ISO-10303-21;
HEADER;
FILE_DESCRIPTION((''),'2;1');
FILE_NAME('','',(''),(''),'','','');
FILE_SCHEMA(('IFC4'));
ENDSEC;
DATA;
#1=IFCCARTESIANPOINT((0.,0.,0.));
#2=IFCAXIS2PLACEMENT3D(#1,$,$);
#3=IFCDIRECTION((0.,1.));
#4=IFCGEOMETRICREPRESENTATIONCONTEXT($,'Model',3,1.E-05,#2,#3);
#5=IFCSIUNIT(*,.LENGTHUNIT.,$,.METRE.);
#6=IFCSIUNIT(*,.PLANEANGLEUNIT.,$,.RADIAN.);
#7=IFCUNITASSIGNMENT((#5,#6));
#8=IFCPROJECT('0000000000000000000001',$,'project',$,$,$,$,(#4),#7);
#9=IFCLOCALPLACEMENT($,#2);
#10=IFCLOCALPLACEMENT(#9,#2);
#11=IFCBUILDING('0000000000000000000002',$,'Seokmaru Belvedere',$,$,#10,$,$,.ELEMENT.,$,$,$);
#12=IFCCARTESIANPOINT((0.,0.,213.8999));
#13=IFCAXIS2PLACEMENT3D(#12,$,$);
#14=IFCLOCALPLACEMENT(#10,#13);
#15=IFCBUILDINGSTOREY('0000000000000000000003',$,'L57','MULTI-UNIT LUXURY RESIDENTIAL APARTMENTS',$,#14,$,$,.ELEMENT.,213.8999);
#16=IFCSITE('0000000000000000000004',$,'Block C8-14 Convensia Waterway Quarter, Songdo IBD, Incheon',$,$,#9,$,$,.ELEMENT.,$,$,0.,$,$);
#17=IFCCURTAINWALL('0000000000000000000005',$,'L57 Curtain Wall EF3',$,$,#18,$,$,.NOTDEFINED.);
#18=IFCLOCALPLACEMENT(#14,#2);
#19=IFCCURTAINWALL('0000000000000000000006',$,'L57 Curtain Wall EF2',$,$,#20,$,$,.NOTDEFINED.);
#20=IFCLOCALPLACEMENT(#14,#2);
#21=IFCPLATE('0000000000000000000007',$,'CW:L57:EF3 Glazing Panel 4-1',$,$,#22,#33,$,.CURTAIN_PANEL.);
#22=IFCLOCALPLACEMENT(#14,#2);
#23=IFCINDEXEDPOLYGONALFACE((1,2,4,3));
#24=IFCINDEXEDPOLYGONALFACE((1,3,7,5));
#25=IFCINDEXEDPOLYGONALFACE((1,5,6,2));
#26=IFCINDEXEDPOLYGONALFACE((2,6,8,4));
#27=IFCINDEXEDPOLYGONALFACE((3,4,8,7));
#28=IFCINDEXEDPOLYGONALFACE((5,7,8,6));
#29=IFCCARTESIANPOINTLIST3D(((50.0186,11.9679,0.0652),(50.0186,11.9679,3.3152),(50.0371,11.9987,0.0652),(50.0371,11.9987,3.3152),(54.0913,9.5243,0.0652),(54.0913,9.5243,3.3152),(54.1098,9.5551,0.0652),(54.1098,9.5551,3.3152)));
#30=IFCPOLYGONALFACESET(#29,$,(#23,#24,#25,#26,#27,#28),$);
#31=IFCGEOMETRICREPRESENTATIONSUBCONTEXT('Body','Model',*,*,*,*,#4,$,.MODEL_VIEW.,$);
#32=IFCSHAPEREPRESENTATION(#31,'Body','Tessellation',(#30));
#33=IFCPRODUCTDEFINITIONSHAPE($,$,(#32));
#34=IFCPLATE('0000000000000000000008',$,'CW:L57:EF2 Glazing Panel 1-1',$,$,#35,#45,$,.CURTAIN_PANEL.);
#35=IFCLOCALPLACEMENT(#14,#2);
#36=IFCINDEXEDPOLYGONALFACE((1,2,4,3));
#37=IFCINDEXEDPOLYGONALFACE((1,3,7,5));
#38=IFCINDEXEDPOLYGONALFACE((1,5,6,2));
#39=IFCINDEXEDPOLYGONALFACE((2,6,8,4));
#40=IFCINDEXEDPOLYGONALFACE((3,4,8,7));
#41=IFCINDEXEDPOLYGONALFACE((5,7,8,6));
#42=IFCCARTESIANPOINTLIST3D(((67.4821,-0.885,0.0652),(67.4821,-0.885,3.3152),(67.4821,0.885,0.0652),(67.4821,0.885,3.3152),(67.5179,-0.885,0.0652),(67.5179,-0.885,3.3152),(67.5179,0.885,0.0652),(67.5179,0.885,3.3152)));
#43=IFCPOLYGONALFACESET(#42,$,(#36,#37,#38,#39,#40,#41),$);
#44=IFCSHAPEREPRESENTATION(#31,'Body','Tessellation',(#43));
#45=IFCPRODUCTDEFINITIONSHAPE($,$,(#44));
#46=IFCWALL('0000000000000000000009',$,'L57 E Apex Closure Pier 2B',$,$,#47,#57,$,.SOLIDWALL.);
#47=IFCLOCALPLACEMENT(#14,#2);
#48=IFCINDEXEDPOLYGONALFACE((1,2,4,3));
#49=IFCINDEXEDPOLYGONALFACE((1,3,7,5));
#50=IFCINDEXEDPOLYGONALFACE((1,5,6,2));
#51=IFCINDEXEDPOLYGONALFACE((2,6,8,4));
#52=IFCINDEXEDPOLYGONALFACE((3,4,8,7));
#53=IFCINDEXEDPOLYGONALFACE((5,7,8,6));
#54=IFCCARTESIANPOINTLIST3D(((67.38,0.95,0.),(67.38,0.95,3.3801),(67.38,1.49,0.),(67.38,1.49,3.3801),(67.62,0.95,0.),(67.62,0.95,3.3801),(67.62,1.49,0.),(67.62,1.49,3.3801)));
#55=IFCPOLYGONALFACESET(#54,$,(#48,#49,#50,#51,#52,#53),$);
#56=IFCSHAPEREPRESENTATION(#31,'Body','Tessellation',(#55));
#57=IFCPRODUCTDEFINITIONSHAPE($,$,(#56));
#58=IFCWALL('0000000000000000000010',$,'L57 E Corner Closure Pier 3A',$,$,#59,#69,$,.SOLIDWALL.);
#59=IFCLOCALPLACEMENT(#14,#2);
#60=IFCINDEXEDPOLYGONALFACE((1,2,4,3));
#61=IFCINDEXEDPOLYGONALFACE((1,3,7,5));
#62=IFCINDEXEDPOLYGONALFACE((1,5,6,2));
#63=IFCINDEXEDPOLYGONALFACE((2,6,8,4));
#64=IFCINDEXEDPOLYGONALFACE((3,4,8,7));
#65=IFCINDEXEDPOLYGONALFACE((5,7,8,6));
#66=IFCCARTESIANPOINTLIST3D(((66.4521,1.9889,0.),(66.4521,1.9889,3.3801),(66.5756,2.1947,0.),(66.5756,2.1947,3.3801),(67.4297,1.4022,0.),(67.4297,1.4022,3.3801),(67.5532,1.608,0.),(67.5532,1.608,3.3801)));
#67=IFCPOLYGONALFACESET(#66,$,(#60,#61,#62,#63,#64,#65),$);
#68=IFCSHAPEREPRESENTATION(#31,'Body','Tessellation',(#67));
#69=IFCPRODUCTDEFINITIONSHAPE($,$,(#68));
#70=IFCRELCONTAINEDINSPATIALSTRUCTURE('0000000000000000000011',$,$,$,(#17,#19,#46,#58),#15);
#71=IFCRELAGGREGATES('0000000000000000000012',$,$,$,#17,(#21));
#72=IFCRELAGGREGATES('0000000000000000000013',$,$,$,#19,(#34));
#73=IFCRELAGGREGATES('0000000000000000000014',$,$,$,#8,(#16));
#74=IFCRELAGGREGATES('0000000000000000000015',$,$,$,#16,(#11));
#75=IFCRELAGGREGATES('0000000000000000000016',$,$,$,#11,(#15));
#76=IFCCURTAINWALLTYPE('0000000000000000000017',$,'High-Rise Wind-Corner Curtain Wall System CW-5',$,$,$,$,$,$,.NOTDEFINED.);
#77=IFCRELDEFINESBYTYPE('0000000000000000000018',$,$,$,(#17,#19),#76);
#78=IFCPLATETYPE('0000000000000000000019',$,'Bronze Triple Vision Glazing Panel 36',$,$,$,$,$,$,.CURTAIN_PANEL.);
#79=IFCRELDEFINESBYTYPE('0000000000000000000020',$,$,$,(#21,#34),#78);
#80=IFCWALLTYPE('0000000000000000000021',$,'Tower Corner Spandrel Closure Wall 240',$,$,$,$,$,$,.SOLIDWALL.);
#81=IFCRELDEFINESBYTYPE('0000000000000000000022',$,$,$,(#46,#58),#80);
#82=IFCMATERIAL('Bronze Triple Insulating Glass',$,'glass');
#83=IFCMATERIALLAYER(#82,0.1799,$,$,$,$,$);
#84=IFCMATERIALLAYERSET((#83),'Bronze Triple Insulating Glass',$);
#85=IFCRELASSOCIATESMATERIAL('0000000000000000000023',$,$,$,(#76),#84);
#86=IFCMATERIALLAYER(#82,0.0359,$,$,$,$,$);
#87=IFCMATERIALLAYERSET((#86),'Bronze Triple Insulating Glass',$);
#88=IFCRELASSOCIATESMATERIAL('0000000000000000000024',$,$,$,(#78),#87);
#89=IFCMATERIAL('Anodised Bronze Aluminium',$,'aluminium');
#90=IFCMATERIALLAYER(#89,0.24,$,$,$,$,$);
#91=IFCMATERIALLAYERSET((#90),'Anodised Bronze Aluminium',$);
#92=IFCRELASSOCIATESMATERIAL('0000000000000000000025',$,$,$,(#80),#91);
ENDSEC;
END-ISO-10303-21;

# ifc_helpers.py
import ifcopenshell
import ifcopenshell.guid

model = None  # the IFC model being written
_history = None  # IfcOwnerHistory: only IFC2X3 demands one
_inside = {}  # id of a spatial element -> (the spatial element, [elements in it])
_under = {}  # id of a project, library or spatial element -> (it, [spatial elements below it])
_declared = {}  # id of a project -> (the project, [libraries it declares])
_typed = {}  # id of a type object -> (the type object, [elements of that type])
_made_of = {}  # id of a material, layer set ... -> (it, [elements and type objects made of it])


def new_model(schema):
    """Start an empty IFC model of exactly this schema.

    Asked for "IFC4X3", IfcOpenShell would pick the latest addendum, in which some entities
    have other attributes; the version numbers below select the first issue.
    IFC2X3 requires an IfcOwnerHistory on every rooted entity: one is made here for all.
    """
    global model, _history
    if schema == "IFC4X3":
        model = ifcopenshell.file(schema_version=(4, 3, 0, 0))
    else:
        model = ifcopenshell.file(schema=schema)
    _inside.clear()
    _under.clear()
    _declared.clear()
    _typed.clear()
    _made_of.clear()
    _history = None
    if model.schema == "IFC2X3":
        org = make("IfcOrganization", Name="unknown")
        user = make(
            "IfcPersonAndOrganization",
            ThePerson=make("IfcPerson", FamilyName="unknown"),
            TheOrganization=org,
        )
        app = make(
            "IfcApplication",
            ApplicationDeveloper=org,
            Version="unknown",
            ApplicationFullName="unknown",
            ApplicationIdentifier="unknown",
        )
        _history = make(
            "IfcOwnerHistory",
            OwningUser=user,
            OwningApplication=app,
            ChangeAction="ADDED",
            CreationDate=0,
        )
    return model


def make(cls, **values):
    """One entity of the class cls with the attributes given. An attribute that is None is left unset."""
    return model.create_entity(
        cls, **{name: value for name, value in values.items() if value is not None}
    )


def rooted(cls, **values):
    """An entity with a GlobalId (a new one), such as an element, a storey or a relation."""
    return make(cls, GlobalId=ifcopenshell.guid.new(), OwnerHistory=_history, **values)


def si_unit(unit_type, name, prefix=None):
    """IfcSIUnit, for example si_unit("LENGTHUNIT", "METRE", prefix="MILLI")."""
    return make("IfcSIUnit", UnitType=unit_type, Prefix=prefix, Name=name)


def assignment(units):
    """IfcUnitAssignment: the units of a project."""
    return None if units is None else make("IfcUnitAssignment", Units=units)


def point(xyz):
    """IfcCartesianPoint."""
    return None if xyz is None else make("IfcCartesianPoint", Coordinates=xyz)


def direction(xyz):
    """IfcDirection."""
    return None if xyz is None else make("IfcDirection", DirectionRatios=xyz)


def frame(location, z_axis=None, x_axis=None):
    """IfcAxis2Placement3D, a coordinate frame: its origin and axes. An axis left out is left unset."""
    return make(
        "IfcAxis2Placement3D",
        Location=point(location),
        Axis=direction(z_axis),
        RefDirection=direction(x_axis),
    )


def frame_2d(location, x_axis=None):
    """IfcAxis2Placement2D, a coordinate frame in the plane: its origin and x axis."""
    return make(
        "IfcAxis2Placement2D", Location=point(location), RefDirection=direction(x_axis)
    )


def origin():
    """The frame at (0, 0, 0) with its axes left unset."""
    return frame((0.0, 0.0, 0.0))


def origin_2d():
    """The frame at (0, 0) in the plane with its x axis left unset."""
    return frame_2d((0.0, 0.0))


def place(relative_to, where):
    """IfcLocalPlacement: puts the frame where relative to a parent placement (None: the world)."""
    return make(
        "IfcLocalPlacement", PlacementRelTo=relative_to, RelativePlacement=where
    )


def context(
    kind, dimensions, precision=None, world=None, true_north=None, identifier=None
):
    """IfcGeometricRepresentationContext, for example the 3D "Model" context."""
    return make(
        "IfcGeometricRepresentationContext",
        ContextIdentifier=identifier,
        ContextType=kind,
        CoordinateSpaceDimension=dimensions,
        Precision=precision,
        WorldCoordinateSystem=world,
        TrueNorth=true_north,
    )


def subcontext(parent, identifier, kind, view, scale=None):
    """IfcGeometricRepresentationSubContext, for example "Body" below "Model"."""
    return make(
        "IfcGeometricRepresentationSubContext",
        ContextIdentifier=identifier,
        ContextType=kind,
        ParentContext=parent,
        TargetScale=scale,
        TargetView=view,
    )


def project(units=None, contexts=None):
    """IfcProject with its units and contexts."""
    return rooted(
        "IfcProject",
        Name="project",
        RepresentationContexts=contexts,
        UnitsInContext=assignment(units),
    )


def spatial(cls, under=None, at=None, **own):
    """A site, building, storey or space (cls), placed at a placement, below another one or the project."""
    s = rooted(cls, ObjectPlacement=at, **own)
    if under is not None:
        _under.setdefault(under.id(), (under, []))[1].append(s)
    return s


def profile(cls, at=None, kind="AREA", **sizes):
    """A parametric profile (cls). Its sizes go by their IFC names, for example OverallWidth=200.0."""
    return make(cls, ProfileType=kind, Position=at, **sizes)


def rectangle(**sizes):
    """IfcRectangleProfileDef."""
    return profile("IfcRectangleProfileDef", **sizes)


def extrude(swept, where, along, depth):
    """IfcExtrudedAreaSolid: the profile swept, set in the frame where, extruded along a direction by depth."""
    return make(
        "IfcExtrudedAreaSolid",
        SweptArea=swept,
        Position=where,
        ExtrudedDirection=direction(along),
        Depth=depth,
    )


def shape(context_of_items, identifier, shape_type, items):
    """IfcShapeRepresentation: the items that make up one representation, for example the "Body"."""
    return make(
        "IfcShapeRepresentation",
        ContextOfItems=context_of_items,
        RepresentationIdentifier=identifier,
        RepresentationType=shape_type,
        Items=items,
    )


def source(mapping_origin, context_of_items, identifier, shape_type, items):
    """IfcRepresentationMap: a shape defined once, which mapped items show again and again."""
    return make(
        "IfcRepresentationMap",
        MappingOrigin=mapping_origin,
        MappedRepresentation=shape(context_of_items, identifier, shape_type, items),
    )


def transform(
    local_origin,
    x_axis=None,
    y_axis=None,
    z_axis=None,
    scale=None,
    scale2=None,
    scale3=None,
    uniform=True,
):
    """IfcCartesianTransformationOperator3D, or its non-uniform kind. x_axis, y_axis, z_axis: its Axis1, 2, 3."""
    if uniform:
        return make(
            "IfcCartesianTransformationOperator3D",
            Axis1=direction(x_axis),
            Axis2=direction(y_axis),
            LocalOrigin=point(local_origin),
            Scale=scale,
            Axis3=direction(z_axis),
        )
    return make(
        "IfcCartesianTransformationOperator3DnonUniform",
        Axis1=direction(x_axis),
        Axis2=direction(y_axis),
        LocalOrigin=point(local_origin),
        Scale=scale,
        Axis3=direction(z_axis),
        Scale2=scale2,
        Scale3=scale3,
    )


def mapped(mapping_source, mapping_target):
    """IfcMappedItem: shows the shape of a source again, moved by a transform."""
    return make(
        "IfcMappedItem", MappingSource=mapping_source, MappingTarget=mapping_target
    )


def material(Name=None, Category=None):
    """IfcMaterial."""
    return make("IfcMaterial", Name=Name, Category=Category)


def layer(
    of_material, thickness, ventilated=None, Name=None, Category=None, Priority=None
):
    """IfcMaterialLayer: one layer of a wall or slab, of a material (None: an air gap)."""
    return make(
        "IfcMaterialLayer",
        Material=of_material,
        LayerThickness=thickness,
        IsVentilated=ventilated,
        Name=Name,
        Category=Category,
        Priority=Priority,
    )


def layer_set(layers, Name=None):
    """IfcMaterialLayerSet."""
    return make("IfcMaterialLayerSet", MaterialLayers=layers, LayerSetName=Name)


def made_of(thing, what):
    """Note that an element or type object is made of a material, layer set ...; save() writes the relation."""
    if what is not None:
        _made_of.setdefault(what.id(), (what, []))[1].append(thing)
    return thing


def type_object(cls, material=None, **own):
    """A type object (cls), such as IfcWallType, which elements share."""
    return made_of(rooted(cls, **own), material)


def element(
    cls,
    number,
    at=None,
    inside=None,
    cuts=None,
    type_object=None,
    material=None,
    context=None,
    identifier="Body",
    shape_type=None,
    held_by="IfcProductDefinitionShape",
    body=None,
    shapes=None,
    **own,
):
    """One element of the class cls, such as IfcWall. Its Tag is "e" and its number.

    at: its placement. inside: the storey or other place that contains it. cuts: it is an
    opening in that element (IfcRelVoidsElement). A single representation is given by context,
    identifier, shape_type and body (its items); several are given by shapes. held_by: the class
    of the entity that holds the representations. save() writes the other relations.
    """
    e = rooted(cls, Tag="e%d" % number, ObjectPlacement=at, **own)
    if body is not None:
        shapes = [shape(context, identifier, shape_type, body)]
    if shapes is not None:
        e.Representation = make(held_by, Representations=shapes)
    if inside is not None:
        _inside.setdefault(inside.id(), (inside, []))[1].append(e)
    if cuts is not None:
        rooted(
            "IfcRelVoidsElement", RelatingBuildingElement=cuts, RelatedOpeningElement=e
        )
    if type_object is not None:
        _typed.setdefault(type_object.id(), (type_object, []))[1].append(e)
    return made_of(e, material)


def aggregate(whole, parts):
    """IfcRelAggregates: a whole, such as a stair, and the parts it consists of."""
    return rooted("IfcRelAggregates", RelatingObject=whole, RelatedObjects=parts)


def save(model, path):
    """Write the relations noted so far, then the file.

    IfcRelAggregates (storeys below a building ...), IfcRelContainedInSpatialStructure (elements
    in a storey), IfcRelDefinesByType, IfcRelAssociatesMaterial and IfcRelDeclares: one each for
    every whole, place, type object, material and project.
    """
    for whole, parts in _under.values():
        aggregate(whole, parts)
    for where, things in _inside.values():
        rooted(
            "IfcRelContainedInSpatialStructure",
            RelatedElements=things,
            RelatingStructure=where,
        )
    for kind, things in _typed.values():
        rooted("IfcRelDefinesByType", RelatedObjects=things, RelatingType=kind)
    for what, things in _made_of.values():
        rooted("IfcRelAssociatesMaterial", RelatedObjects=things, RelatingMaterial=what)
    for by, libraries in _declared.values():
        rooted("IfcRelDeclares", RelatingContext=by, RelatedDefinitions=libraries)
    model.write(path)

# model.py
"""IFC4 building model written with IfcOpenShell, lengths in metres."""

from ifc_helpers import new_model, si_unit, direction, frame, frame_2d, origin, origin_2d, place, context, subcontext, project, spatial, rectangle, extrude, source, transform, mapped, material, layer, layer_set, type_object, element, aggregate, save


model = new_model("IFC4")

# Units and contexts
model_context = context("Model", 3, precision=1e-05, world=origin(), true_north=direction((0.0, 1.0)))
body_context = subcontext(model_context, "Body", "Model", "MODEL_VIEW")
ifc_project = project(units=[si_unit("LENGTHUNIT", "METRE"), si_unit("PLANEANGLEUNIT", "RADIAN")], contexts=[model_context])

# Site, building, storey
site_placement = place(None, origin())
site = spatial("IfcSite", under=ifc_project, at=site_placement, Name="Block C8-14 Convensia Waterway Quarter, Songdo IBD, Incheon", CompositionType="ELEMENT", RefElevation=0.0)
building_placement = place(site_placement, origin())
building = spatial("IfcBuilding", under=site, at=building_placement, Name="Seokmaru Belvedere", CompositionType="ELEMENT")
storey_placement = place(building_placement, frame((0.0, 0.0, 213.8999)))
storey = spatial("IfcBuildingStorey", under=building, at=storey_placement, Name="L57", Description="MULTI-UNIT LUXURY RESIDENTIAL APARTMENTS", CompositionType="ELEMENT", Elevation=213.8999)

# Curtain walls
ifc_material_1 = material(Name="Bronze Triple Insulating Glass", Category="glass")
ifc_layer_1 = layer(ifc_material_1, 0.1799)
ifc_layer_set_1 = layer_set([ifc_layer_1], Name="Bronze Triple Insulating Glass")
curtain_wall_type = type_object("IfcCurtainWallType", Name="High-Rise Wind-Corner Curtain Wall System CW-5", PredefinedType="NOTDEFINED", material=ifc_layer_set_1)
curtain_wall_1_placement = place(storey_placement, origin())
curtain_wall_1 = element("IfcCurtainWall", 1, at=curtain_wall_1_placement, inside=storey, type_object=curtain_wall_type, Name="L57 Curtain Wall EF3", PredefinedType="NOTDEFINED")
ifc_material_2 = material(Name="Anodised Bronze Aluminium", Category="aluminium")
curtain_wall_2_placement = place(storey_placement, origin())
curtain_wall_2 = element("IfcCurtainWall", 2, at=curtain_wall_2_placement, inside=storey, type_object=curtain_wall_type, Name="L57 Curtain Wall EF2", PredefinedType="NOTDEFINED")

# Plates
ifc_layer_2 = layer(ifc_material_1, 0.0359)
ifc_layer_set_2 = layer_set([ifc_layer_2], Name="Bronze Triple Insulating Glass")
plate_type = type_object("IfcPlateType", Name="Bronze Triple Vision Glazing Panel 36", PredefinedType="CURTAIN_PANEL", material=ifc_layer_set_2)
shared_shape_1 = source(origin(), body_context, "Body", "SweptSolid", [
    extrude(rectangle(XDim=4.7495, YDim=0.0359, at=origin_2d()), origin(), (0.0, 0.0, 1.0), 3.25),
])
plate_1_placement = place(storey_placement, frame((52.0642, 10.7615, 0.0652), z_axis=(0.0, 0.0, 1.0), x_axis=(-0.857493, 0.514495, 0.0)))
plate_1 = element("IfcPlate", 3, at=plate_1_placement, type_object=plate_type, Name="CW:L57:EF3 Glazing Panel 4-1", PredefinedType="CURTAIN_PANEL", context=body_context, shape_type="MappedRepresentation", body=[
    mapped(shared_shape_1, transform((0.0, 0.0, 0.0), scale=1.0)),
])
aggregate(curtain_wall_1, [plate_1])
shared_shape_2 = source(origin(), body_context, "Body", "SweptSolid", [
    extrude(rectangle(XDim=1.77, YDim=0.0359, at=origin_2d()), origin(), (0.0, 0.0, 1.0), 3.25),
])
plate_2_placement = place(storey_placement, frame((67.5, 0.0, 0.0652), z_axis=(0.0, 0.0, 1.0), x_axis=(0.0, 1.0, 0.0)))
plate_2 = element("IfcPlate", 4, at=plate_2_placement, type_object=plate_type, Name="CW:L57:EF2 Glazing Panel 1-1", PredefinedType="CURTAIN_PANEL", context=body_context, shape_type="MappedRepresentation", body=[
    mapped(shared_shape_2, transform((0.0, 0.0, 0.0), scale=1.0)),
])
aggregate(curtain_wall_2, [plate_2])

# Walls
ifc_layer_3 = layer(ifc_material_2, 0.24)
ifc_layer_set_3 = layer_set([ifc_layer_3], Name="Anodised Bronze Aluminium")
wall_type = type_object("IfcWallType", Name="Tower Corner Spandrel Closure Wall 240", PredefinedType="SOLIDWALL", material=ifc_layer_set_3)
wall_1_placement = place(storey_placement, frame((67.5, 0.95, 0.0), z_axis=(0.0, 0.0, 1.0), x_axis=(0.0, 1.0, 0.0)))
element("IfcWall", 5, at=wall_1_placement, inside=storey, type_object=wall_type, Name="L57 E Apex Closure Pier 2B", PredefinedType="SOLIDWALL", context=body_context, shape_type="SweptSolid", body=[
    extrude(rectangle(XDim=0.54, YDim=0.24, at=frame_2d((0.27, 0.0))), origin(), (0.0, 0.0, 1.0), 3.3801),
])
wall_2_placement = place(storey_placement, frame((67.4915, 1.5051, 0.0), z_axis=(0.0, 0.0, 1.0), x_axis=(-0.857436, 0.51459, 0.0)))
element("IfcWall", 6, at=wall_2_placement, inside=storey, type_object=wall_type, Name="L57 E Corner Closure Pier 3A", PredefinedType="SOLIDWALL", context=body_context, shape_type="SweptSolid", body=[
    extrude(rectangle(XDim=1.1401, YDim=0.24, at=frame_2d((0.5701, 0.0))), origin(), (0.0, 0.0, 1.0), 3.3801),
])

save(model, "model.ifc")
